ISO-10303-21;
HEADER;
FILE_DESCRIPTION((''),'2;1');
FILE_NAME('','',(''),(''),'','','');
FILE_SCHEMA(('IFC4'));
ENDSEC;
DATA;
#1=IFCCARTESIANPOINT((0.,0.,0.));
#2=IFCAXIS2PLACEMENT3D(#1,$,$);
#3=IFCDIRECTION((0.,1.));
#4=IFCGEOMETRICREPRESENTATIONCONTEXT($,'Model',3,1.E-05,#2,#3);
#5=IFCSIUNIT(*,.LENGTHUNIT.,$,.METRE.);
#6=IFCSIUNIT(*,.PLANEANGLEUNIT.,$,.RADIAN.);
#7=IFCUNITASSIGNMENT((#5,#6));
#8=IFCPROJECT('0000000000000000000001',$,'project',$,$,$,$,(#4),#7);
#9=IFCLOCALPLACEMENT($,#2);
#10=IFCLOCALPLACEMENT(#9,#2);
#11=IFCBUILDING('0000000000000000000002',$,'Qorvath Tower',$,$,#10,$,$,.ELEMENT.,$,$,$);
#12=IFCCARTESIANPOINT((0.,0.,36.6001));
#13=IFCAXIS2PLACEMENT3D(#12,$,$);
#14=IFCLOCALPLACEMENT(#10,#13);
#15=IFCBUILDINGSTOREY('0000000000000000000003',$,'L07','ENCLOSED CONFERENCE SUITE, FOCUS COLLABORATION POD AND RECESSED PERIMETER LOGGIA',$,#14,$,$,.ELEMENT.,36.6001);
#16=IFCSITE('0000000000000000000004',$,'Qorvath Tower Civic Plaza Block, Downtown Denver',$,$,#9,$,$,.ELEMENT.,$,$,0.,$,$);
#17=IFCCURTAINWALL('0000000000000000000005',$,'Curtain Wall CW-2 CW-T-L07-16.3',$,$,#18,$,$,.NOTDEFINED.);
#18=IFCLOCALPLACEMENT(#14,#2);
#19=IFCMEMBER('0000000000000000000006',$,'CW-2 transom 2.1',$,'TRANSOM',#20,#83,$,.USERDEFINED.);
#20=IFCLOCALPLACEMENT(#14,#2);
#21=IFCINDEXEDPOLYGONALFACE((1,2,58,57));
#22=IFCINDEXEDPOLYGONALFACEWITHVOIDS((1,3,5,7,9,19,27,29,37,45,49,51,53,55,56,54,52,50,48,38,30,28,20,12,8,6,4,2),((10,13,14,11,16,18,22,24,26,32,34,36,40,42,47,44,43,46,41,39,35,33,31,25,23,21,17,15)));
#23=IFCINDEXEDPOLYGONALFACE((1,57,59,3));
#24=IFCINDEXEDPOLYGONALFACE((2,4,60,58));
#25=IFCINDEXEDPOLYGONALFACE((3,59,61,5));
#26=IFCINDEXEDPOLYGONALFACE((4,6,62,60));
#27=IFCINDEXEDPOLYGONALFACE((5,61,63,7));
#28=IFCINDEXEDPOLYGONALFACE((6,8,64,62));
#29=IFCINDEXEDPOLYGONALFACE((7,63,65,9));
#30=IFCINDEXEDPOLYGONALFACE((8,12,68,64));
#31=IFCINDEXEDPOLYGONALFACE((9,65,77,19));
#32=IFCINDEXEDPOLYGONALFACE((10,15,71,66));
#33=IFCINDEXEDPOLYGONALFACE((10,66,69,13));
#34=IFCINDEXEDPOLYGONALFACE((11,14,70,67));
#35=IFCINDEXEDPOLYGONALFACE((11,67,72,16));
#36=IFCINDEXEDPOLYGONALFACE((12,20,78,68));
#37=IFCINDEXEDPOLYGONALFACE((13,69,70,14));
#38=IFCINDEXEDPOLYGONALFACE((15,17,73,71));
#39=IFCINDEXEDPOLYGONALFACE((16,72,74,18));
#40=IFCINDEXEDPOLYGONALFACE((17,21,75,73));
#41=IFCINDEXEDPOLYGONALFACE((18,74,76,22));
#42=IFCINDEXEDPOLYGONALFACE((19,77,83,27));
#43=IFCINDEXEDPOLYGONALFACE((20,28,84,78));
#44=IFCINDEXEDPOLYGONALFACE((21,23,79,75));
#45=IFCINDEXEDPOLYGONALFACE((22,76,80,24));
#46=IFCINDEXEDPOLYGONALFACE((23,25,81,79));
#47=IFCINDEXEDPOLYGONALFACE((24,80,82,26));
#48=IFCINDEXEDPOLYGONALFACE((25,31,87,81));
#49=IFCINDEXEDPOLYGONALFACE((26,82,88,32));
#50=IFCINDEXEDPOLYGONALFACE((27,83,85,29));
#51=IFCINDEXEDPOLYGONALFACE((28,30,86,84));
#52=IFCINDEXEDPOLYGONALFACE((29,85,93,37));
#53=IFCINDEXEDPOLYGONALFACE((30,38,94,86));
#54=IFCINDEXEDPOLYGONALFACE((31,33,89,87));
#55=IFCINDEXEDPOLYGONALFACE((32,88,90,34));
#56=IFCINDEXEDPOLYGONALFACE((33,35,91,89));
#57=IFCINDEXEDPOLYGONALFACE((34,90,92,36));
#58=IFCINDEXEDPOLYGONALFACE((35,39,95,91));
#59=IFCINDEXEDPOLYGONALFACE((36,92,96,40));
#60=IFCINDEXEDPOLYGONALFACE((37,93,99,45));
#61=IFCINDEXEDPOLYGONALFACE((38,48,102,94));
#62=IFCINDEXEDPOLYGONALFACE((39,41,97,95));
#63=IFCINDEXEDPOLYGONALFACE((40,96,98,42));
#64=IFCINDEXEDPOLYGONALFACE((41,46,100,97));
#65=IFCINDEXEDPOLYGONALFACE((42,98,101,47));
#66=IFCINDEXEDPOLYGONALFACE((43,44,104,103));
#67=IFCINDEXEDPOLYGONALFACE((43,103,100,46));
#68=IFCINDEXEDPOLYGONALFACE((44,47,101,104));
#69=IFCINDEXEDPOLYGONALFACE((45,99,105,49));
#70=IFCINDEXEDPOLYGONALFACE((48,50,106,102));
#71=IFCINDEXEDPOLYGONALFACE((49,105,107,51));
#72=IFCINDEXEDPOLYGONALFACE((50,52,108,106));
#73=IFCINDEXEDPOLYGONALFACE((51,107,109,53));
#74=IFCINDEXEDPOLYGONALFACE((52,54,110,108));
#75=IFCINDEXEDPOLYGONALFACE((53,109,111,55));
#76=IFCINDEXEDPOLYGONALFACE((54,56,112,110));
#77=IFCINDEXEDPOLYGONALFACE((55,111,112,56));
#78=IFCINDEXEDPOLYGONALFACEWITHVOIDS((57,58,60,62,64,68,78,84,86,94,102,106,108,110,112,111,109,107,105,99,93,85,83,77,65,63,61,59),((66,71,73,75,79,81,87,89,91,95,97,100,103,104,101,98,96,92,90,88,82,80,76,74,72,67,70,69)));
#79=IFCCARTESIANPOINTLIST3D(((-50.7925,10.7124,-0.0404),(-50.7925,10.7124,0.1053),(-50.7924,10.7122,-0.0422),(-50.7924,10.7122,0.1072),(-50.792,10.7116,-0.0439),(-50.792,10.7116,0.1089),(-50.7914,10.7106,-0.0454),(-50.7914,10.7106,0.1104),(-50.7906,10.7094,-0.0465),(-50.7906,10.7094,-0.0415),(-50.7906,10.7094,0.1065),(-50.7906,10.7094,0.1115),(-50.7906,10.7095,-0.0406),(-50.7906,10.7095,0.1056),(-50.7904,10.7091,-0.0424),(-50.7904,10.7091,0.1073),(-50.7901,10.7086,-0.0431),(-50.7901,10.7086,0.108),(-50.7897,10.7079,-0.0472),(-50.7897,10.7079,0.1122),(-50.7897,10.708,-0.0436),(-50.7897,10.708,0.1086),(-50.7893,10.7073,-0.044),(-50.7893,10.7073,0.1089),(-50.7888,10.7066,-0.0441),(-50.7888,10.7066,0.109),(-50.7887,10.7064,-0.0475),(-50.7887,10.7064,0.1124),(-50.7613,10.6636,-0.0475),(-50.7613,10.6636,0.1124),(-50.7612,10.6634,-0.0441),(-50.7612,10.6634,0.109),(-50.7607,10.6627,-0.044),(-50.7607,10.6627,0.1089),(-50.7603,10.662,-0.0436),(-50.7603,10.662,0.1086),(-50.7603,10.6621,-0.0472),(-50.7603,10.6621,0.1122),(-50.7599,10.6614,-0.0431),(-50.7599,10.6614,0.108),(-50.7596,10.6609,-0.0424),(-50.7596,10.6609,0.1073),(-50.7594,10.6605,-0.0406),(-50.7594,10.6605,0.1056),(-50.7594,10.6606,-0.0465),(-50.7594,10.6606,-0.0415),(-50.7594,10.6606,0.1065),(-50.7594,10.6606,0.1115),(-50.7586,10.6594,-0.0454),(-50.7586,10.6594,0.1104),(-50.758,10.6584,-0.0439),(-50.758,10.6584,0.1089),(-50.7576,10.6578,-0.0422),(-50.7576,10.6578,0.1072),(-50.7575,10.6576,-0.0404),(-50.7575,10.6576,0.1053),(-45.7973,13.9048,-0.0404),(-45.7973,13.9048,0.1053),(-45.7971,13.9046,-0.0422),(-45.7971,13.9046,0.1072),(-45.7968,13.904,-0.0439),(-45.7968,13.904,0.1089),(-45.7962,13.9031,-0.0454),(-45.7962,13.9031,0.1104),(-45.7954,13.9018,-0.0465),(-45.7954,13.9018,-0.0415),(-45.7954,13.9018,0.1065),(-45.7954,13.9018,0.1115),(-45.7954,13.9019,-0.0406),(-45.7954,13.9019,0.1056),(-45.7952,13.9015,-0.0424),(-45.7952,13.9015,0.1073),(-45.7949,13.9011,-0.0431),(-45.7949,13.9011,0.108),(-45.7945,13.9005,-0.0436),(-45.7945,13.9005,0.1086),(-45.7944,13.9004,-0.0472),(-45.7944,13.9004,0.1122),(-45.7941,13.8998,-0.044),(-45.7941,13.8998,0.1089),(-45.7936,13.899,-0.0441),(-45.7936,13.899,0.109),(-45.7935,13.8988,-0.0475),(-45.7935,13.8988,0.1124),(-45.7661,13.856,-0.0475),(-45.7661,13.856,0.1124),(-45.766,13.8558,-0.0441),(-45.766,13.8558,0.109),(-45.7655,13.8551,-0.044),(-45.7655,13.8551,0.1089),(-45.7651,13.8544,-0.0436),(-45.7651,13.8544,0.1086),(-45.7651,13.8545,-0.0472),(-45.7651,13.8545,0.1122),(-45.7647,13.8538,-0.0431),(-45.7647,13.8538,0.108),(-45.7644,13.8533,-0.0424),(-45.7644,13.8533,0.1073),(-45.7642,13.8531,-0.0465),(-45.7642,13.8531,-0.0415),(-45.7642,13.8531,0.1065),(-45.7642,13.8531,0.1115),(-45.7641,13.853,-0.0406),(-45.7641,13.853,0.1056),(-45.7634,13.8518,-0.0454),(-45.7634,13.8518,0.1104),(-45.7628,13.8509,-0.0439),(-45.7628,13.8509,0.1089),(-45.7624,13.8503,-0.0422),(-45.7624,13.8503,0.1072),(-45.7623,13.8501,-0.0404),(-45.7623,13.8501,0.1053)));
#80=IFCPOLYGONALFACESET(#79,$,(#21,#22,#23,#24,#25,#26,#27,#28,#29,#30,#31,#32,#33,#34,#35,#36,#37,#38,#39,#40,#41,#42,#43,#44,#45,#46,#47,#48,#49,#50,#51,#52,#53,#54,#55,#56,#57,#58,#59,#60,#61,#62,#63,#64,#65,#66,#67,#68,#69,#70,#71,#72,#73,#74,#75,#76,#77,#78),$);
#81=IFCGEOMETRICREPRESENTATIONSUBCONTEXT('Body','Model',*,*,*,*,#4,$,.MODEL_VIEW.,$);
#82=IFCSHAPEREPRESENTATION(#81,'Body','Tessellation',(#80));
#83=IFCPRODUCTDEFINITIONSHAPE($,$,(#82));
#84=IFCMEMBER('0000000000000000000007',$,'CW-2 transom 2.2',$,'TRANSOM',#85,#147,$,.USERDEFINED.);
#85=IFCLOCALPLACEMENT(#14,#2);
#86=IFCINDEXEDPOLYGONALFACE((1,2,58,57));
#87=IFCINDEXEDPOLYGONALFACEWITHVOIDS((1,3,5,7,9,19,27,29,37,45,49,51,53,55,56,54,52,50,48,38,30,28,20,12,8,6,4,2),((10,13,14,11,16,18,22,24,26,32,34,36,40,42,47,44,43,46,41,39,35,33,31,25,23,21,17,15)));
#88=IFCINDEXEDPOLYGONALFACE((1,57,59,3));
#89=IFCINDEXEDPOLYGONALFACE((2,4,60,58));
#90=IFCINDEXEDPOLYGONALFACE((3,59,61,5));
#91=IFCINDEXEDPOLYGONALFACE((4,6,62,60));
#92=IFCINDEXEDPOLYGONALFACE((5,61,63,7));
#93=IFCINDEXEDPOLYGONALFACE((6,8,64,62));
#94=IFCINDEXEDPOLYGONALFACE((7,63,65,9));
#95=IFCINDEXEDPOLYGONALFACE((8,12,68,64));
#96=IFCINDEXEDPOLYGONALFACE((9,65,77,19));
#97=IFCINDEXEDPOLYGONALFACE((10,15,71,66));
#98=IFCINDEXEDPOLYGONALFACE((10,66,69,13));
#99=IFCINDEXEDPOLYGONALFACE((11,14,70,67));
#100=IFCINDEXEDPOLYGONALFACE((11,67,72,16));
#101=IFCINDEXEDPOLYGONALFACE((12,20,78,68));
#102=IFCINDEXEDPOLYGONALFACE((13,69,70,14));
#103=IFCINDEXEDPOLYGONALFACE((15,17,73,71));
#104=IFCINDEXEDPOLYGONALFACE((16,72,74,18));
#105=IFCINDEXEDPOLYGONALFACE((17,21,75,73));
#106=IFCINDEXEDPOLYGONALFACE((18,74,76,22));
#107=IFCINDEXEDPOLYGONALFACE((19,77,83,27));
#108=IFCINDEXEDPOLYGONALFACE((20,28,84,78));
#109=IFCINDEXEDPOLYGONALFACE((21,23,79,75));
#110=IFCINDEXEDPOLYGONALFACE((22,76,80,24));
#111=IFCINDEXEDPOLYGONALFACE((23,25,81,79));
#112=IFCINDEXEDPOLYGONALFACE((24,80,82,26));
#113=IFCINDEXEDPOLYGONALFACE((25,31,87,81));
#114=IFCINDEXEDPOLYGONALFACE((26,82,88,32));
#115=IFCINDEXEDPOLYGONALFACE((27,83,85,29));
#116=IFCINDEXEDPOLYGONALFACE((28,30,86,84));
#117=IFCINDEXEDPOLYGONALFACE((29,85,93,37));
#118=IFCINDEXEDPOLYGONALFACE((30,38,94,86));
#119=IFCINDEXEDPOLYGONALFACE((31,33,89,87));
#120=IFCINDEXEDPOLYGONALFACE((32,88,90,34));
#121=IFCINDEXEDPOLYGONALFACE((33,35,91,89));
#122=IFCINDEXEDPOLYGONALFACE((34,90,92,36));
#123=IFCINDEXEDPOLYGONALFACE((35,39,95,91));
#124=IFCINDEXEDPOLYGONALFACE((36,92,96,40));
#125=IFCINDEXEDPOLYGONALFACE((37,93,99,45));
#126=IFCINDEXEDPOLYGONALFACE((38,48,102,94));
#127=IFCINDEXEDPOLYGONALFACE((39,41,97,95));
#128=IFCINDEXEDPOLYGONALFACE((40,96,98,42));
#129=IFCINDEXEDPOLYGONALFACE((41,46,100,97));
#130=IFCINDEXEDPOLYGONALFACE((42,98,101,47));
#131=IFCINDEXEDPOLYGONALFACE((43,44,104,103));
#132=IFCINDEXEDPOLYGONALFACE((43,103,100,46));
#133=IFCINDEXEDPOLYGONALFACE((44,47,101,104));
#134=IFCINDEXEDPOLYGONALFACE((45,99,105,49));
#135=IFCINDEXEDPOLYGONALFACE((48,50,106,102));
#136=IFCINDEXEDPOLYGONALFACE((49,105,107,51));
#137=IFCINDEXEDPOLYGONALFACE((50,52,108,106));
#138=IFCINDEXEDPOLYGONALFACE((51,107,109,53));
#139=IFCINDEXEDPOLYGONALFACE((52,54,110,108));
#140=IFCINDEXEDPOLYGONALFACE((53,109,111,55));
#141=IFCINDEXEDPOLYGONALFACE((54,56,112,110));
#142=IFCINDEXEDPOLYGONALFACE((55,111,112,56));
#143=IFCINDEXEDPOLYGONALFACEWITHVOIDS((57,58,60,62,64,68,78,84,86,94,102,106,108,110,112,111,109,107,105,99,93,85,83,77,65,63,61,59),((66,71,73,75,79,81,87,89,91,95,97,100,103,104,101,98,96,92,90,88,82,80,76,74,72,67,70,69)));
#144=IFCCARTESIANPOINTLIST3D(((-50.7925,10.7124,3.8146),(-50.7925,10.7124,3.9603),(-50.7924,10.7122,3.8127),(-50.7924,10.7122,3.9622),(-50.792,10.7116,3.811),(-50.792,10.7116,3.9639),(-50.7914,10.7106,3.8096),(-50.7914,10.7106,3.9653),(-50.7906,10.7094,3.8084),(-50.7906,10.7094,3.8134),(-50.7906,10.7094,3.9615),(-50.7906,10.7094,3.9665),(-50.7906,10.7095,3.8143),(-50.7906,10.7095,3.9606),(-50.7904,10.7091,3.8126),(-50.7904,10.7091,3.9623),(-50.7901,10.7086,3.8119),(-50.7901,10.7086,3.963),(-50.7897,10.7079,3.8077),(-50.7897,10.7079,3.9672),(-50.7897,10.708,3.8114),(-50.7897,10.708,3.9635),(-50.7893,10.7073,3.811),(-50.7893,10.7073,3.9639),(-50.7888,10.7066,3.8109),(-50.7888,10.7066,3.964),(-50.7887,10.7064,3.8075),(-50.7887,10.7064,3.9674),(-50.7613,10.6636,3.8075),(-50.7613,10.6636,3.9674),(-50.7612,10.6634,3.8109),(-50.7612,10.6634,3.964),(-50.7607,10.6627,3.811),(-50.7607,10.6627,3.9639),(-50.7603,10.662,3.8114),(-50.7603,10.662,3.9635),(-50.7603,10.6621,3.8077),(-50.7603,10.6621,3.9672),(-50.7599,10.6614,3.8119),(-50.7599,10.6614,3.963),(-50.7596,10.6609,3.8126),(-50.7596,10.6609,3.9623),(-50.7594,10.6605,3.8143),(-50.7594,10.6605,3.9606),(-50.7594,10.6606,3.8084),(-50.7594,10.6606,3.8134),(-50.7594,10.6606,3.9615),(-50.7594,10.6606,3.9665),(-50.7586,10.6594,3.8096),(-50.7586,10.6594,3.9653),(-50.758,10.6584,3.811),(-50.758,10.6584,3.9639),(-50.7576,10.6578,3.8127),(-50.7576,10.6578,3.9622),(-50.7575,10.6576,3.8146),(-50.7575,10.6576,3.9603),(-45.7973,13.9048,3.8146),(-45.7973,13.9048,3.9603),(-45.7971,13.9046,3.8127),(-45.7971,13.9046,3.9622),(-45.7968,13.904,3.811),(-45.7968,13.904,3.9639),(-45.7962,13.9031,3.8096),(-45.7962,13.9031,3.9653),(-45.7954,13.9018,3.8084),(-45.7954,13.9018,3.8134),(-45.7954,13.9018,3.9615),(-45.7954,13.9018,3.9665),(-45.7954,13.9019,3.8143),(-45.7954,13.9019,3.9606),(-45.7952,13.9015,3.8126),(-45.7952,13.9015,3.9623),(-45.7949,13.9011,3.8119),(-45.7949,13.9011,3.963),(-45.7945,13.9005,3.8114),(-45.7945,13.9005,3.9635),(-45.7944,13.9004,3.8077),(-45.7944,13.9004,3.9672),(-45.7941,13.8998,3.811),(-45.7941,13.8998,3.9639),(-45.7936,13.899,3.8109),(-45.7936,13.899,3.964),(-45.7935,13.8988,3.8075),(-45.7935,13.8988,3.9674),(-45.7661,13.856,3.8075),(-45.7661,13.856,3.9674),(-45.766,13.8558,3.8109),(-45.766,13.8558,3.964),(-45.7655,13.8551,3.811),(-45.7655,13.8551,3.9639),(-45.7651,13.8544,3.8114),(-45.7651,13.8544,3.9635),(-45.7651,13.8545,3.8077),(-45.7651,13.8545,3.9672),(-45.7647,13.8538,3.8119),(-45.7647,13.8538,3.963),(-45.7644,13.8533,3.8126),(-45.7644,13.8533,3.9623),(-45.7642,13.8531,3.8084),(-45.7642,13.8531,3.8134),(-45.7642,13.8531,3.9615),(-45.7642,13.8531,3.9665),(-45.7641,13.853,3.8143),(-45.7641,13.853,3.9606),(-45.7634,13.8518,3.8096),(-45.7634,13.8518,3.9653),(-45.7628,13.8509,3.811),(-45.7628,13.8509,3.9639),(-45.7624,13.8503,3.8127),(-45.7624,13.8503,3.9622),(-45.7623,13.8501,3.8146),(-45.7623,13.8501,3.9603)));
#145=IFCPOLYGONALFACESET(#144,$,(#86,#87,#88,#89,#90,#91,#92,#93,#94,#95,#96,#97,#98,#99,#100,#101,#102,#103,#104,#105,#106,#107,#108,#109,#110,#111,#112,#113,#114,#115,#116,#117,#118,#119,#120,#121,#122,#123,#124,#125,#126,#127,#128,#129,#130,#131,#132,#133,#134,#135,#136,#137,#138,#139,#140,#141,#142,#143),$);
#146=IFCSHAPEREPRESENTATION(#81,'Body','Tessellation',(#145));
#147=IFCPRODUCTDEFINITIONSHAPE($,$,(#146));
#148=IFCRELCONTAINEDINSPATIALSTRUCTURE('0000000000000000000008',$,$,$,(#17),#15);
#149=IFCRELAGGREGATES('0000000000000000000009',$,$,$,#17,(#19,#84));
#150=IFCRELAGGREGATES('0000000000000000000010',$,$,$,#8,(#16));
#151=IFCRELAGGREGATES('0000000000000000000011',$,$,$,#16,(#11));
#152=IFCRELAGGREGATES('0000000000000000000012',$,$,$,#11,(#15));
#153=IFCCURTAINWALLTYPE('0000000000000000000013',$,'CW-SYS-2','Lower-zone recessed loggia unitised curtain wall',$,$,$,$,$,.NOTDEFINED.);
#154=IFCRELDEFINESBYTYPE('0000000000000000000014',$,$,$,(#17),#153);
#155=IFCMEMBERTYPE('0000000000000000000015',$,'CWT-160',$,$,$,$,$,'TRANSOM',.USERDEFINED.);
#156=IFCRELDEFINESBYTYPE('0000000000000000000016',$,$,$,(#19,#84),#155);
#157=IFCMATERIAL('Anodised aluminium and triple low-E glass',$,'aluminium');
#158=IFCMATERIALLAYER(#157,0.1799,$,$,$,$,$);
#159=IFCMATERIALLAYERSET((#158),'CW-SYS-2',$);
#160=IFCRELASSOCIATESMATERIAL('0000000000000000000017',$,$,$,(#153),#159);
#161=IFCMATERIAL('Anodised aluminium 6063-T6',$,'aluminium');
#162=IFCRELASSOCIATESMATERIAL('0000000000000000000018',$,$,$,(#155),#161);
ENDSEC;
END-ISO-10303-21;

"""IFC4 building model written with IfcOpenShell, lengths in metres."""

from ifc_helpers import new_model, si_unit, direction, frame, origin, origin_2d, place, context, subcontext, project, spatial, hollow_rectangle, extrude, material, layer, layer_set, material_profile, profile_set, type_object, element, aggregate, save


model = new_model("IFC4")

# Units and contexts
model_context = context("Model", 3, precision=1e-05, world=origin(), true_north=direction((0.0, 1.0)))
body_context = subcontext(model_context, "Body", "Model", "MODEL_VIEW")
ifc_project = project(units=[si_unit("LENGTHUNIT", "METRE"), si_unit("PLANEANGLEUNIT", "RADIAN")], contexts=[model_context])

# Site, building, storey
site_placement = place(None, origin())
site = spatial("IfcSite", under=ifc_project, at=site_placement, Name="Qorvath Tower Civic Plaza Block, Downtown Denver", CompositionType="ELEMENT", RefElevation=0.0)
building_placement = place(site_placement, origin())
building = spatial("IfcBuilding", under=site, at=building_placement, Name="Qorvath Tower", CompositionType="ELEMENT")
storey_placement = place(building_placement, frame((0.0, 0.0, 36.6001)))
storey = spatial("IfcBuildingStorey", under=building, at=storey_placement, Name="L07", Description="ENCLOSED CONFERENCE SUITE, FOCUS COLLABORATION POD AND RECESSED PERIMETER LOGGIA", CompositionType="ELEMENT", Elevation=36.6001)

# Curtain wall, members
ifc_material_1 = material(Name="Anodised aluminium and triple low-E glass", Category="aluminium")
ifc_layer_1 = layer(ifc_material_1, 0.1799)
ifc_layer_set_1 = layer_set([ifc_layer_1], Name="CW-SYS-2")
curtain_wall_type = type_object("IfcCurtainWallType", Name="CW-SYS-2", Description="Lower-zone recessed loggia unitised curtain wall", PredefinedType="NOTDEFINED", material=ifc_layer_set_1)
curtain_wall_placement = place(storey_placement, origin())
curtain_wall = element("IfcCurtainWall", 1, at=curtain_wall_placement, inside=storey, type_object=curtain_wall_type, Name="Curtain Wall CW-2 CW-T-L07-16.3", PredefinedType="NOTDEFINED")
ifc_material_2 = material(Name="Anodised aluminium 6063-T6", Category="aluminium")
ifc_material_profile_1 = material_profile(ifc_material_2, hollow_rectangle(XDim=0.0649, YDim=0.1599, WallThickness=0.0034, InnerFilletRadius=0.0034, OuterFilletRadius=0.0071, at=origin_2d()), Name="CWT 160x65")
ifc_profile_set_1 = profile_set([ifc_material_profile_1], Name="Anodised aluminium 6063-T6")
member_type_1 = type_object("IfcMemberType", Name="CWT-160", ElementType="TRANSOM", PredefinedType="USERDEFINED", material=ifc_profile_set_1)
member_1_placement = place(storey_placement, frame((-45.7798, 13.8774, 0.0325), z_axis=(-0.842615, -0.538516, 0.0), x_axis=(0.538516, -0.842615, 0.0)))
member_1 = element("IfcMember", 2, at=member_1_placement, type_object=member_type_1, Name="CW-2 transom 2.1", ObjectType="TRANSOM", PredefinedType="USERDEFINED", context=body_context, shape_type="SweptSolid", body=[
    extrude(hollow_rectangle(XDim=0.0649, YDim=0.1599, WallThickness=0.0034, InnerFilletRadius=0.0034, OuterFilletRadius=0.0071, at=origin_2d()), origin(), (0.0, 0.0, 1.0), 5.9282),
])
member_2_placement = place(storey_placement, frame((-45.7798, 13.8774, 3.8875), z_axis=(-0.842615, -0.538516, 0.0), x_axis=(0.538516, -0.842615, 0.0)))
member_2 = element("IfcMember", 3, at=member_2_placement, type_object=member_type_1, Name="CW-2 transom 2.2", ObjectType="TRANSOM", PredefinedType="USERDEFINED", context=body_context, shape_type="SweptSolid", body=[
    extrude(hollow_rectangle(XDim=0.0649, YDim=0.1599, WallThickness=0.0034, InnerFilletRadius=0.0034, OuterFilletRadius=0.0071, at=origin_2d()), origin(), (0.0, 0.0, 1.0), 5.9282),
])

aggregate(curtain_wall, [member_1, member_2])

save(model, "model.ifc")
